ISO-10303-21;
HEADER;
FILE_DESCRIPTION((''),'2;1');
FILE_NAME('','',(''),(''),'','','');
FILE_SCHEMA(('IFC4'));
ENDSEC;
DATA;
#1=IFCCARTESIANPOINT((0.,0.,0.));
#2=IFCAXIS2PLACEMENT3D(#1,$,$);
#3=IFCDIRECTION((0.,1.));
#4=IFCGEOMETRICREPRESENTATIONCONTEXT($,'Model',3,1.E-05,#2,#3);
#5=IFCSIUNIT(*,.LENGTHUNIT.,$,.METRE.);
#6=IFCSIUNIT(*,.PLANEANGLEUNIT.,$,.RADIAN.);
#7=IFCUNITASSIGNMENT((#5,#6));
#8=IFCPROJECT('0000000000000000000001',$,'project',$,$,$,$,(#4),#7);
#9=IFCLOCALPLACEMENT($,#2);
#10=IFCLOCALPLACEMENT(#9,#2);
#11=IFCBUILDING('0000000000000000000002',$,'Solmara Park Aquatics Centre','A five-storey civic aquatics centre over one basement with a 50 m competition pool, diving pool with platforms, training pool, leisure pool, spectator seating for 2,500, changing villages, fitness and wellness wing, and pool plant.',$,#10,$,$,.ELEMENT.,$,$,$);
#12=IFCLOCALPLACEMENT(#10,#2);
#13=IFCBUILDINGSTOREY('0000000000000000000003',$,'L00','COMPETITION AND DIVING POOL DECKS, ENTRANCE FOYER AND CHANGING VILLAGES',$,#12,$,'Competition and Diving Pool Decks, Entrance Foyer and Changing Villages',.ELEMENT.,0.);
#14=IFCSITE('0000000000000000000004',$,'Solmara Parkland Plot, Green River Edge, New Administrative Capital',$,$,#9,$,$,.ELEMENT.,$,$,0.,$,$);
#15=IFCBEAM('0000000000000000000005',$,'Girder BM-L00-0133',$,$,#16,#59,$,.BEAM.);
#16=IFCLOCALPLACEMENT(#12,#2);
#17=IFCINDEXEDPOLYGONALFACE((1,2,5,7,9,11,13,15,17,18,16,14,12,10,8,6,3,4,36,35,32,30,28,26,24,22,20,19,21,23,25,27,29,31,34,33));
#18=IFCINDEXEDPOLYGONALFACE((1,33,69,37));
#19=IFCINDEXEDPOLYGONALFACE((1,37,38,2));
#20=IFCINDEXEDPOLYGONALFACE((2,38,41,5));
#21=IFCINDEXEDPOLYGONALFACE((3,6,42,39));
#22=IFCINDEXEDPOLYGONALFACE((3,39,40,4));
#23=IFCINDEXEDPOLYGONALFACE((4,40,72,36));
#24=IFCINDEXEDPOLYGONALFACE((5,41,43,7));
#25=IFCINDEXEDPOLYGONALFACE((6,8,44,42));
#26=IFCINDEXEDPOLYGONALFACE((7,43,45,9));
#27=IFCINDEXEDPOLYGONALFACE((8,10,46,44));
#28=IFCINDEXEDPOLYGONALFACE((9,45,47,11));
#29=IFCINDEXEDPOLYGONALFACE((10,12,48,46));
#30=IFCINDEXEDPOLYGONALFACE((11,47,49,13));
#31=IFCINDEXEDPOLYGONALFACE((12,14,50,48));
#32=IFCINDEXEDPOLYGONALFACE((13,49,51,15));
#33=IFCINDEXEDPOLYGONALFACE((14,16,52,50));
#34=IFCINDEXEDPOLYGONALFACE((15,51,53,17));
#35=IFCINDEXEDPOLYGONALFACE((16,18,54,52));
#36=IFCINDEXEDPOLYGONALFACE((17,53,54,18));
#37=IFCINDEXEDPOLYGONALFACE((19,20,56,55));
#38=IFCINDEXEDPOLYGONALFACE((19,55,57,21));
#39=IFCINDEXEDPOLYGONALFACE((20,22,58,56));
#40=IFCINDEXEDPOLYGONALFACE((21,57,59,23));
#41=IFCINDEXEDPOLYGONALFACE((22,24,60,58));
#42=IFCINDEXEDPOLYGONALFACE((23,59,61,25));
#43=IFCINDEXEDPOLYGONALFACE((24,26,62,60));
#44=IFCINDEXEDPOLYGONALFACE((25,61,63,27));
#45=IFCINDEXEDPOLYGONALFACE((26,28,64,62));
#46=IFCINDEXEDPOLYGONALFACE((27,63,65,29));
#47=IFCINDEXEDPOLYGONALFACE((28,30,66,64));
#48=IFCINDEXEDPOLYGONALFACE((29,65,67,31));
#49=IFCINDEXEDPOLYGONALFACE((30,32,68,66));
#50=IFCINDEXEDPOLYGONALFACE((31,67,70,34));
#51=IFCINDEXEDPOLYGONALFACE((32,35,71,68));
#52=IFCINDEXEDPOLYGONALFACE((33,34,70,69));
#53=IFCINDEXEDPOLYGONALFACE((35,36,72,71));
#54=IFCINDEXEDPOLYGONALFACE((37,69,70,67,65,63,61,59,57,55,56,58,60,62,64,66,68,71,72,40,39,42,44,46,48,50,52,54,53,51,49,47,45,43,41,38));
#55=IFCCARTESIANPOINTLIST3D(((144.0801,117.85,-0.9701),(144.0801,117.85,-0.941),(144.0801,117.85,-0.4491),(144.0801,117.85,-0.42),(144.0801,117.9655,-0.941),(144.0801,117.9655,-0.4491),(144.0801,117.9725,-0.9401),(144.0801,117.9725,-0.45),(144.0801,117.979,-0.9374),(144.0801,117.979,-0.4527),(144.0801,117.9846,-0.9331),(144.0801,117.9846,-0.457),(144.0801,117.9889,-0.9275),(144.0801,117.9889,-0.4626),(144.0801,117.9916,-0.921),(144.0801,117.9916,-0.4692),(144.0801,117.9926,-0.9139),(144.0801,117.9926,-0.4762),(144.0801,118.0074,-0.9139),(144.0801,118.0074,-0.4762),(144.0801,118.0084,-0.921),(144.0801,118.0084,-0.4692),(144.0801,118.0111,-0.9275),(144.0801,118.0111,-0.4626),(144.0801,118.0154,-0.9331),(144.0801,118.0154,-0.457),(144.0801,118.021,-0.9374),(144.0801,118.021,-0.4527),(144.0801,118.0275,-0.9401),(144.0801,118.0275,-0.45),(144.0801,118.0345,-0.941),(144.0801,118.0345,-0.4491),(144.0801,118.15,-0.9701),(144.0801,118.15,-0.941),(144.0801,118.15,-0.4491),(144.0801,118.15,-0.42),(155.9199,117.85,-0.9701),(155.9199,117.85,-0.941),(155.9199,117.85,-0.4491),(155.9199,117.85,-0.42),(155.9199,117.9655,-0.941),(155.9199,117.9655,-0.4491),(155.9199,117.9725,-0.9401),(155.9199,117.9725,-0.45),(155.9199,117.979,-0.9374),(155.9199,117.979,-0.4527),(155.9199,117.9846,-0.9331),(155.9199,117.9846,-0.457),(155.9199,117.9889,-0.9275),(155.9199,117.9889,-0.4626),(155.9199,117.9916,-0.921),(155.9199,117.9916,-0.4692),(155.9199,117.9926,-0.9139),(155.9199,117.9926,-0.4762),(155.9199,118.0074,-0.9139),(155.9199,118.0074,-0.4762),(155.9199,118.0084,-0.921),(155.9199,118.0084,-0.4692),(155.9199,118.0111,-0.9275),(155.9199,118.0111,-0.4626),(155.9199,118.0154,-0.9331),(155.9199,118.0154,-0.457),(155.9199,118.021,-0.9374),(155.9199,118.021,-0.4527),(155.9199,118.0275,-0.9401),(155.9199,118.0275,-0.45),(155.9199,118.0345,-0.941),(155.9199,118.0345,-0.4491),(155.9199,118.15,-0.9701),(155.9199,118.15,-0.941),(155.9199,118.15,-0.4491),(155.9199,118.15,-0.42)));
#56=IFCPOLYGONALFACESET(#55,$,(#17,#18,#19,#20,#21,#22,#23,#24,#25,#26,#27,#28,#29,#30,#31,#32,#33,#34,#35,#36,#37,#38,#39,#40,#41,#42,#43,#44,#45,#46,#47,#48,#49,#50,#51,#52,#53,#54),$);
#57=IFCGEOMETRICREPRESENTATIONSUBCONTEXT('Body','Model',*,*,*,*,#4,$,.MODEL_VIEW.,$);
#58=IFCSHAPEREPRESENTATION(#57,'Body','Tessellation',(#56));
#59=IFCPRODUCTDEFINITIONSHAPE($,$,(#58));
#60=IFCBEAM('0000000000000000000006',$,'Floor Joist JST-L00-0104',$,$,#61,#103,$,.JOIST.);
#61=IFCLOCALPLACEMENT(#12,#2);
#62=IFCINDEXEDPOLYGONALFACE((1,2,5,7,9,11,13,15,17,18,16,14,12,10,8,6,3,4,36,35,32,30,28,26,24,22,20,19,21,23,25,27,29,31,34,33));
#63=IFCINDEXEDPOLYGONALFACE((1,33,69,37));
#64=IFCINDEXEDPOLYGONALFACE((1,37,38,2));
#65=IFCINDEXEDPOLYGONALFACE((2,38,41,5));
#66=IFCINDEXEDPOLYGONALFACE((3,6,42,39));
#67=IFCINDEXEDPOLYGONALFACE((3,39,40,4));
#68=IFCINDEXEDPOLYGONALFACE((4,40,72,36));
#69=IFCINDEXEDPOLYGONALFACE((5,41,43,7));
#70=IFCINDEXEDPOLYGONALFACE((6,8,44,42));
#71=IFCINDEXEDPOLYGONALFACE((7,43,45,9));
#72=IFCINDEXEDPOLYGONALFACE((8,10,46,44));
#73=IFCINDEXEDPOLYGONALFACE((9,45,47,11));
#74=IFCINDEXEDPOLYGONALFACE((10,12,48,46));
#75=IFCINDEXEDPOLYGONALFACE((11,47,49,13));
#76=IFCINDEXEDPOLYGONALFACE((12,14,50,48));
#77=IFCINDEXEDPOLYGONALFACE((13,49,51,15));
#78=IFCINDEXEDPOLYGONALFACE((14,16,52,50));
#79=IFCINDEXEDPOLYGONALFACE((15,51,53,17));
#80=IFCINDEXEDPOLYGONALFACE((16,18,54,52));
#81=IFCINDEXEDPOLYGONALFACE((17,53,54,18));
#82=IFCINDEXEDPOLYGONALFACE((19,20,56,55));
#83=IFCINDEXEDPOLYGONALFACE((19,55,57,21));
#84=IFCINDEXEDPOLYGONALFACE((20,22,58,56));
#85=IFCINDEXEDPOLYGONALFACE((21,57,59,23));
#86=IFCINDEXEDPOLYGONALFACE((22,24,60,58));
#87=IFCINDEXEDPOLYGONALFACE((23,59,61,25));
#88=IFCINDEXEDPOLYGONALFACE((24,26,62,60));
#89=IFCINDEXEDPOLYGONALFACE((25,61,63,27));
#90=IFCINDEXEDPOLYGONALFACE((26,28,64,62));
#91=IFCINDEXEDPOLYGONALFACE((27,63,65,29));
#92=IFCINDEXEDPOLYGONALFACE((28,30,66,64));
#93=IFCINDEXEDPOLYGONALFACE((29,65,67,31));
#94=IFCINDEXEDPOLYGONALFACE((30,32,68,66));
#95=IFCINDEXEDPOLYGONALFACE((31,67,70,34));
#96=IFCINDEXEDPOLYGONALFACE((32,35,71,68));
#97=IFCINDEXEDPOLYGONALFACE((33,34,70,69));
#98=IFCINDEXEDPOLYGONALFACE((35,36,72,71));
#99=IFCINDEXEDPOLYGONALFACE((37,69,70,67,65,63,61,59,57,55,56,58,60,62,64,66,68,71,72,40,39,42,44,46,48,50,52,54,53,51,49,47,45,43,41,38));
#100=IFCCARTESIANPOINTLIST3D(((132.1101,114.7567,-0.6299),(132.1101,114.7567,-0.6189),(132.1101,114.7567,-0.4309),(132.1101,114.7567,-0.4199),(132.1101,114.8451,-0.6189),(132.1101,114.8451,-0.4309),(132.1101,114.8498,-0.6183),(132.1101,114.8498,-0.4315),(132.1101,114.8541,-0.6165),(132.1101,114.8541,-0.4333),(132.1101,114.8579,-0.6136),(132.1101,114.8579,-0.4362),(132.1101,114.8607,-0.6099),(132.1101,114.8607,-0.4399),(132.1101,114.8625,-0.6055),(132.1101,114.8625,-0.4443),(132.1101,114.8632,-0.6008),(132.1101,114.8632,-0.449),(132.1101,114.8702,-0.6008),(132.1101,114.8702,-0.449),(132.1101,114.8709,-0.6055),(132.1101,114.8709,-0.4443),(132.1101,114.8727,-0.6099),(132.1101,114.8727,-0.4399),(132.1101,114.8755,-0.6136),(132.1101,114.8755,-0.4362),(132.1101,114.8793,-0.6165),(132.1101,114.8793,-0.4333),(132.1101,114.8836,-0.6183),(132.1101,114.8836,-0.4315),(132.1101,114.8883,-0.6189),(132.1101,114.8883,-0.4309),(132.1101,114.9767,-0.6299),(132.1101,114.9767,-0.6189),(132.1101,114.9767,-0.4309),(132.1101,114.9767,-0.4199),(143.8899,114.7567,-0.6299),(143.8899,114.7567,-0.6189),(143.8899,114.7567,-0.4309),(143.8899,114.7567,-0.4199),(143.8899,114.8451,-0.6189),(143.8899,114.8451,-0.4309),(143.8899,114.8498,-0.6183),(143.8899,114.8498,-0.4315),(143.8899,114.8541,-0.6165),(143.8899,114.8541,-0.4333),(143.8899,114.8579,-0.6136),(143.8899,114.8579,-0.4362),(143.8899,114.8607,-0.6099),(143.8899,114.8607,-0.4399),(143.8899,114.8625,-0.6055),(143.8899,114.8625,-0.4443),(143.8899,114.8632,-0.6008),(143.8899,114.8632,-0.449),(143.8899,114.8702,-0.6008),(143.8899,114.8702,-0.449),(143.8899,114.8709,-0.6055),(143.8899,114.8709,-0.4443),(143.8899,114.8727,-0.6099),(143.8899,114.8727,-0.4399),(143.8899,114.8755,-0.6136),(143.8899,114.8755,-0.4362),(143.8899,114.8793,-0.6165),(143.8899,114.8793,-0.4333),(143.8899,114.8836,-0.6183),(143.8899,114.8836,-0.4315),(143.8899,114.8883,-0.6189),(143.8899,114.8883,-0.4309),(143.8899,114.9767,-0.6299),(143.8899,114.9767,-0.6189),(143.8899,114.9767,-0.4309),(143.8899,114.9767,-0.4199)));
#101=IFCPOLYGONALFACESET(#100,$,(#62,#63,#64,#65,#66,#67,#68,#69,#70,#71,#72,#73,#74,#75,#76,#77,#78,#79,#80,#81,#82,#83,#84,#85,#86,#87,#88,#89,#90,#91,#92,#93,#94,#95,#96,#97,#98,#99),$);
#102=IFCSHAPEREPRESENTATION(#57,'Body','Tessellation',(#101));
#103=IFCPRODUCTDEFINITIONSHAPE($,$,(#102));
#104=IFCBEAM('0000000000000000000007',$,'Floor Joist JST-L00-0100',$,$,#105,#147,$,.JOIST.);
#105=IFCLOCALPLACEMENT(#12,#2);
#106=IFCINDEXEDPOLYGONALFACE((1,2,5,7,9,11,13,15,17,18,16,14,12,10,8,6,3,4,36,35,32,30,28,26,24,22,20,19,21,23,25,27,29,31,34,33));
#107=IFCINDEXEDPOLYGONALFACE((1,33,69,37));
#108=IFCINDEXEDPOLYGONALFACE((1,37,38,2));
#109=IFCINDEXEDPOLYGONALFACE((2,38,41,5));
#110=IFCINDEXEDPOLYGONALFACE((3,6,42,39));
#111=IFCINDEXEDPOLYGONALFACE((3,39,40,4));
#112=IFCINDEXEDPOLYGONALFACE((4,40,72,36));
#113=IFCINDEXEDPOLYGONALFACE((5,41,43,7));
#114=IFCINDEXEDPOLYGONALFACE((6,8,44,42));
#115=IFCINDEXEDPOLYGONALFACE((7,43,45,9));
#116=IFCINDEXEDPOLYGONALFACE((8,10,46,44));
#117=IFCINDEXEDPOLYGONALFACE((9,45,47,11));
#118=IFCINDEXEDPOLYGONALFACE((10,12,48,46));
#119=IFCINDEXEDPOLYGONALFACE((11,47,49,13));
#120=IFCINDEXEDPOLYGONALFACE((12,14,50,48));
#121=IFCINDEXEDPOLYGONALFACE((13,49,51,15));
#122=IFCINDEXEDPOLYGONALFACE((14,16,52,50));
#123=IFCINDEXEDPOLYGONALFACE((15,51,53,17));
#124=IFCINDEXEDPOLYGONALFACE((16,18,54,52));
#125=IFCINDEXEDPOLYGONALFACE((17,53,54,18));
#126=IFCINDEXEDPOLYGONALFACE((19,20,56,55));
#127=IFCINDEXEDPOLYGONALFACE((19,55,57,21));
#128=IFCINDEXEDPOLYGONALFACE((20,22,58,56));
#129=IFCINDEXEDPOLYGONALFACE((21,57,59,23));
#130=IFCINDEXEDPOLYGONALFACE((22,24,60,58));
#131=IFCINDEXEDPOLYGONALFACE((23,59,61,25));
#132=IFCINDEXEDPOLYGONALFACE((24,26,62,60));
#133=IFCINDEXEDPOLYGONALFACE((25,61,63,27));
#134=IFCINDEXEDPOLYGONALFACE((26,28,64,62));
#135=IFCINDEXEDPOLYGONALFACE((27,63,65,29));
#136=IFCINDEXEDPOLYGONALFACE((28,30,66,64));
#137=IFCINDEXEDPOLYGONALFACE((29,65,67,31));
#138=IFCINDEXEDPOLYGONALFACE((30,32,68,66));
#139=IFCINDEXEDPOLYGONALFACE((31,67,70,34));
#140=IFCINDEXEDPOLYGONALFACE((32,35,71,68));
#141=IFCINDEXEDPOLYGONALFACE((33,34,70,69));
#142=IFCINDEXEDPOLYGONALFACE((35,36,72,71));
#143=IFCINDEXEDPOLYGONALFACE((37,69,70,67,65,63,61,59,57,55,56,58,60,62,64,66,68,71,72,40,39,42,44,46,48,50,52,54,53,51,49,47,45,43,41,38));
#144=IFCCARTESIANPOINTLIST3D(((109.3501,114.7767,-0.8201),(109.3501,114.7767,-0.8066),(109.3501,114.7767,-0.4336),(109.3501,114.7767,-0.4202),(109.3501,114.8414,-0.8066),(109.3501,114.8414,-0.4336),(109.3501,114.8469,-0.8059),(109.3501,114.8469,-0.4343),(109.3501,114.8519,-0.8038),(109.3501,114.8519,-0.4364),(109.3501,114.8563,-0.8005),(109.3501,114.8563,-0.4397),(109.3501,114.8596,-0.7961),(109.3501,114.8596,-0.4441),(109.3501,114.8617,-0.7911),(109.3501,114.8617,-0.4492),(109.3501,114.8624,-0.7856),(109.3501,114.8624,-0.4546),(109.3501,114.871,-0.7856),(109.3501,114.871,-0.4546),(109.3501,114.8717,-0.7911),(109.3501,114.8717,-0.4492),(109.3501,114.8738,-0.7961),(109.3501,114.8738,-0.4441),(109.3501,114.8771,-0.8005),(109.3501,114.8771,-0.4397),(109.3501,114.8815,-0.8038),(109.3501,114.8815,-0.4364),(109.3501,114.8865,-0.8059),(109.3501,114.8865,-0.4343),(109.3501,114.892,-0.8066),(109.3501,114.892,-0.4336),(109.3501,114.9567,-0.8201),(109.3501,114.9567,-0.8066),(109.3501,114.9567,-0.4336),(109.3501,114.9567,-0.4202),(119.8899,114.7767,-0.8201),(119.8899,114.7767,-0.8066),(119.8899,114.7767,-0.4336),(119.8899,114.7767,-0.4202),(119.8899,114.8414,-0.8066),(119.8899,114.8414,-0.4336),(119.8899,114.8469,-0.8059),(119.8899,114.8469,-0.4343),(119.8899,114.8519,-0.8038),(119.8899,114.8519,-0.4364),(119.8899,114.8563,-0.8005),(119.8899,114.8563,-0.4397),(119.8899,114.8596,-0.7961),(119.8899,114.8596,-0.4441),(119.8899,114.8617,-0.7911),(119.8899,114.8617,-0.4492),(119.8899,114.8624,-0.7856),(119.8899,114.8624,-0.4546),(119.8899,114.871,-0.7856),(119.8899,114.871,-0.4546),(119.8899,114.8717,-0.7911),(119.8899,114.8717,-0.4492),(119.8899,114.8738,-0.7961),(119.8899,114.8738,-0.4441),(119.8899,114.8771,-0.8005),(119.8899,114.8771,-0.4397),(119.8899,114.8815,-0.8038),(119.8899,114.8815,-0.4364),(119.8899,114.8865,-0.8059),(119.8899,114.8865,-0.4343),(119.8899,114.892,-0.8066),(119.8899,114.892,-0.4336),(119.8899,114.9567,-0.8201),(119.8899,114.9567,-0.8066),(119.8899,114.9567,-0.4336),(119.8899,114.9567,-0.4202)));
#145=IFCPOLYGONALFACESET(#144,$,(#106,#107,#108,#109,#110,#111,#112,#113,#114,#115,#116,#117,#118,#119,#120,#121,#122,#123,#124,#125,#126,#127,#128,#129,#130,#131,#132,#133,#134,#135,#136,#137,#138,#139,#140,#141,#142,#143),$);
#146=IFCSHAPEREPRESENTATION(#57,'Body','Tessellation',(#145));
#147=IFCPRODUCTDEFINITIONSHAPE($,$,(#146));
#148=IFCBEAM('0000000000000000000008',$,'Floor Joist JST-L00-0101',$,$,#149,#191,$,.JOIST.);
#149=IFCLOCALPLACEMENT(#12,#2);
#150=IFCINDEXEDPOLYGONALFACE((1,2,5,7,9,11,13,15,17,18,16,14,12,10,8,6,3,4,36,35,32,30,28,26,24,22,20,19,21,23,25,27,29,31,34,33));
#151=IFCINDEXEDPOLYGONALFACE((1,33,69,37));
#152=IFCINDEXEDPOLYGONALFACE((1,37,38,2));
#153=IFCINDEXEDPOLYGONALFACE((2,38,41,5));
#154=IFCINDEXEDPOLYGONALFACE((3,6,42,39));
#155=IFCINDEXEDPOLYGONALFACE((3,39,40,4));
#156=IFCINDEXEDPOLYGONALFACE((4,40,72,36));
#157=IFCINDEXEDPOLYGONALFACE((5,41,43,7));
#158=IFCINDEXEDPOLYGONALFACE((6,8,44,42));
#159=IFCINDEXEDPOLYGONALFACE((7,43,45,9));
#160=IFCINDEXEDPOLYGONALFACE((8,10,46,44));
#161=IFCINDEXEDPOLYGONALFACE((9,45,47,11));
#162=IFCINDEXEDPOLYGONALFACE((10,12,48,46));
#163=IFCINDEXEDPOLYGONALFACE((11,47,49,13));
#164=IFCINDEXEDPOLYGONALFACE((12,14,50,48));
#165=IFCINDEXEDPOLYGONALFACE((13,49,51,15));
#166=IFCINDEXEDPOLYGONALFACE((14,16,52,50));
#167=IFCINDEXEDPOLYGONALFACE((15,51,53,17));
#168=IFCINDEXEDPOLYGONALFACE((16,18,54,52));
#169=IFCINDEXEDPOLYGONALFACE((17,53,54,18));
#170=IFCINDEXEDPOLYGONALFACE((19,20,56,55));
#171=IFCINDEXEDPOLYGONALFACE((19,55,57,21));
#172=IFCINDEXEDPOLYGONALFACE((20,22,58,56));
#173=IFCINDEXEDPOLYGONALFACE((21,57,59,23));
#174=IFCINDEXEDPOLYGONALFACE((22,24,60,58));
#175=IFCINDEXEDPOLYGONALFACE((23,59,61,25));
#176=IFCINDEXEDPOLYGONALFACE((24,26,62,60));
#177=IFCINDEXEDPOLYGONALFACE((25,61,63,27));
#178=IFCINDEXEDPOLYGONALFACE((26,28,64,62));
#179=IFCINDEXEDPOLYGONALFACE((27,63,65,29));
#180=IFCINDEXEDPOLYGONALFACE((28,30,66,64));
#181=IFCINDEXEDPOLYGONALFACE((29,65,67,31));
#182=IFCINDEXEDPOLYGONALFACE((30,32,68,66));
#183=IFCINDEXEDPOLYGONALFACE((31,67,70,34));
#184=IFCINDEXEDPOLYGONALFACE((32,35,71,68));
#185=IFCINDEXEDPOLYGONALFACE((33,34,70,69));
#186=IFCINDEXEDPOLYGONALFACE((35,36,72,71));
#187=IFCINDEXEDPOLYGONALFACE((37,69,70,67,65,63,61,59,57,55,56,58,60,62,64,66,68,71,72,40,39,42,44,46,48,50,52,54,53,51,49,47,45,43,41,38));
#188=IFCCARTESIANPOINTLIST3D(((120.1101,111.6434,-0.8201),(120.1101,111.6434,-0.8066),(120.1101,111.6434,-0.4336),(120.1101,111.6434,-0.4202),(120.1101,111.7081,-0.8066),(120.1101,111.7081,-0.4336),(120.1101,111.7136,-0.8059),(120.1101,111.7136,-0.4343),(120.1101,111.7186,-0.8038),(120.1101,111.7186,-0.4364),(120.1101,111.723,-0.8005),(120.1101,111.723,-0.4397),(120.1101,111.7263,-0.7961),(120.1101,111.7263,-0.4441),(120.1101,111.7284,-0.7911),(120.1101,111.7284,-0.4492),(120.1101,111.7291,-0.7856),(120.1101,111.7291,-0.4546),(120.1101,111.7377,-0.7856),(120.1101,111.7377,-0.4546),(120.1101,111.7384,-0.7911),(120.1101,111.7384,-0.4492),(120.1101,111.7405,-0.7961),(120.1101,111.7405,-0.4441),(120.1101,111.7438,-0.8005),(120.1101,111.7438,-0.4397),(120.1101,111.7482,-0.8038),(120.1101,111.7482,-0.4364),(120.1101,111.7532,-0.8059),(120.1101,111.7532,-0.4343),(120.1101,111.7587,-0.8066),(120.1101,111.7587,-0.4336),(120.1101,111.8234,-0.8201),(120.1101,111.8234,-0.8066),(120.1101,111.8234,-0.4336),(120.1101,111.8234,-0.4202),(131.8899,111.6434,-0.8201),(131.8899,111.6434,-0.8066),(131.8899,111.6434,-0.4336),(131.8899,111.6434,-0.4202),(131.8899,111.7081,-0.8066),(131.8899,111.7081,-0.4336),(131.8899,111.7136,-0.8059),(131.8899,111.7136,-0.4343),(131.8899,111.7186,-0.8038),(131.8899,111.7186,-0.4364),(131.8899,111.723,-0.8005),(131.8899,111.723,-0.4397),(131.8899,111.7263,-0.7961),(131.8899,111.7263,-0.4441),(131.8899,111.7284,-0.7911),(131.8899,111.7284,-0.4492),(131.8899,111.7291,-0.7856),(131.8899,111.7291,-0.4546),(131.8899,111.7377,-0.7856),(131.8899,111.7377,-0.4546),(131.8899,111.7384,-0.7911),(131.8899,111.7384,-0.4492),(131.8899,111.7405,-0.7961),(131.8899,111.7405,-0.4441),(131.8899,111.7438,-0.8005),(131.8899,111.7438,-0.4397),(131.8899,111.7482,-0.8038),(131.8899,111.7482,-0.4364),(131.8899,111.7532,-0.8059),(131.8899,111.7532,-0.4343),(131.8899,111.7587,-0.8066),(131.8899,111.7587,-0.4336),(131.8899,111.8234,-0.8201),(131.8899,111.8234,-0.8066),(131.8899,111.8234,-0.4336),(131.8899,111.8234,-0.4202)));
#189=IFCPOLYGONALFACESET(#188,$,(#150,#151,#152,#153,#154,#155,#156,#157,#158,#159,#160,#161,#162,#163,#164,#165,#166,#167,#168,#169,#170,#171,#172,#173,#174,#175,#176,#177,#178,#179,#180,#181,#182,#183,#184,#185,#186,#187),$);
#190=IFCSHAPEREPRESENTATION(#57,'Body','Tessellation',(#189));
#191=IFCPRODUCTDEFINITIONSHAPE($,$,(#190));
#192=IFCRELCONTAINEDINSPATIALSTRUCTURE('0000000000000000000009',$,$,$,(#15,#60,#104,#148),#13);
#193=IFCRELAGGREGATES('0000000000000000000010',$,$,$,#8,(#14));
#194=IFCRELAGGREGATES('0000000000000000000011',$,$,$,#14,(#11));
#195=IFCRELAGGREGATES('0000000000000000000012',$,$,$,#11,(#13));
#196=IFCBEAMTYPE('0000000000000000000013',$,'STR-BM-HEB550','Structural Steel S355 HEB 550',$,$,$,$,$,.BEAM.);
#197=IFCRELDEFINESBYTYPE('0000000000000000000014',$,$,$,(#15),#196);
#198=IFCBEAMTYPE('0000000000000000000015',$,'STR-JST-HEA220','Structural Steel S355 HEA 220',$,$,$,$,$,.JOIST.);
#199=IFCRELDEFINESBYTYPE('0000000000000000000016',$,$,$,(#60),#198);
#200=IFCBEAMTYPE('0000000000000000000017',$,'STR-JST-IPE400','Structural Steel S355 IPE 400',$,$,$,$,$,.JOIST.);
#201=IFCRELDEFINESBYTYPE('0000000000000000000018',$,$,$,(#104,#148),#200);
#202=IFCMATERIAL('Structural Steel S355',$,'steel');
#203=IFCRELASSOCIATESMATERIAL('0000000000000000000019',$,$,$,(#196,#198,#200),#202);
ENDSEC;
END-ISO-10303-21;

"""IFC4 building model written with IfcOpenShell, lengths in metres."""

from ifc_helpers import new_model, si_unit, direction, frame, origin, origin_2d, place, context, subcontext, project, spatial, i_section, extrude, material, material_profile, profile_set, type_object, element, save


model = new_model("IFC4")

# Units and contexts
model_context = context("Model", 3, precision=1e-05, world=origin(), true_north=direction((0.0, 1.0)))
body_context = subcontext(model_context, "Body", "Model", "MODEL_VIEW")
ifc_project = project(units=[si_unit("LENGTHUNIT", "METRE"), si_unit("PLANEANGLEUNIT", "RADIAN")], contexts=[model_context])

# Site, building, storey
site_placement = place(None, origin())
site = spatial("IfcSite", under=ifc_project, at=site_placement, Name="Solmara Parkland Plot, Green River Edge, New Administrative Capital", CompositionType="ELEMENT", RefElevation=0.0)
building_placement = place(site_placement, origin())
building = spatial("IfcBuilding", under=site, at=building_placement, Name="Solmara Park Aquatics Centre", Description="A five-storey civic aquatics centre over one basement with a 50 m competition pool, diving pool with platforms, training pool, leisure pool, spectator seating for 2,500, changing villages, fitness and wellness wing, and pool plant.", CompositionType="ELEMENT")
storey_placement = place(building_placement, origin())
storey = spatial("IfcBuildingStorey", under=building, at=storey_placement, Name="L00", Description="COMPETITION AND DIVING POOL DECKS, ENTRANCE FOYER AND CHANGING VILLAGES", LongName="Competition and Diving Pool Decks, Entrance Foyer and Changing Villages", CompositionType="ELEMENT", Elevation=0.0)

# Beams
ifc_material_1 = material(Name="Structural Steel S355", Category="steel")
ifc_material_profile_1 = material_profile(ifc_material_1, i_section(OverallWidth=0.3, OverallDepth=0.55, WebThickness=0.0149, FlangeThickness=0.0291, FilletRadius=0.0271, at=origin_2d()), Name="HEB 550")
ifc_profile_set_1 = profile_set([ifc_material_profile_1], Name="Structural Steel S355")
beam_type_1 = type_object("IfcBeamType", Name="STR-BM-HEB550", Description="Structural Steel S355 HEB 550", PredefinedType="BEAM", material=ifc_profile_set_1)
for number, where, z_axis, x_axis, name in (
    (1, (144.0801, 118.0, -0.6951), (1.0, 0.0, 0.0), (0.0, 1.0, 0.0), "Girder BM-L00-0133"),
):
    element("IfcBeam", number, at=place(storey_placement, frame(where, z_axis=z_axis, x_axis=x_axis)), inside=storey, type_object=beam_type_1, Name=name, PredefinedType="BEAM", context=body_context, shape_type="SweptSolid", body=[
        extrude(i_section(OverallWidth=0.3, OverallDepth=0.55, WebThickness=0.0149, FlangeThickness=0.0291, FilletRadius=0.0271, at=origin_2d()), origin(), (0.0, 0.0, 1.0), 11.8398),
    ])
ifc_material_profile_2 = material_profile(ifc_material_1, i_section(OverallWidth=0.22, OverallDepth=0.21, WebThickness=0.0071, FlangeThickness=0.011, FilletRadius=0.0181, at=origin_2d()), Name="HEA 220")
ifc_profile_set_2 = profile_set([ifc_material_profile_2], Name="Structural Steel S355")
beam_type_2 = type_object("IfcBeamType", Name="STR-JST-HEA220", Description="Structural Steel S355 HEA 220", PredefinedType="JOIST", material=ifc_profile_set_2)
beam_1_placement = place(storey_placement, frame((132.1101, 114.8667, -0.5249), z_axis=(1.0, 0.0, 0.0), x_axis=(0.0, 1.0, 0.0)))
element("IfcBeam", 2, at=beam_1_placement, inside=storey, type_object=beam_type_2, Name="Floor Joist JST-L00-0104", PredefinedType="JOIST", context=body_context, shape_type="SweptSolid", body=[
    extrude(i_section(OverallWidth=0.22, OverallDepth=0.21, WebThickness=0.0071, FlangeThickness=0.011, FilletRadius=0.0181, at=origin_2d()), origin(), (0.0, 0.0, 1.0), 11.7798),
])
ifc_material_profile_3 = material_profile(ifc_material_1, i_section(OverallWidth=0.1799, OverallDepth=0.3999, WebThickness=0.0085, FlangeThickness=0.0134, FilletRadius=0.021, at=origin_2d()), Name="IPE 400")
ifc_profile_set_3 = profile_set([ifc_material_profile_3], Name="Structural Steel S355")
beam_type_3 = type_object("IfcBeamType", Name="STR-JST-IPE400", Description="Structural Steel S355 IPE 400", PredefinedType="JOIST", material=ifc_profile_set_3)
beam_2_placement = place(storey_placement, frame((109.3501, 114.8667, -0.6201), z_axis=(1.0, 0.0, 0.0), x_axis=(0.0, 1.0, 0.0)))
element("IfcBeam", 3, at=beam_2_placement, inside=storey, type_object=beam_type_3, Name="Floor Joist JST-L00-0100", PredefinedType="JOIST", context=body_context, shape_type="SweptSolid", body=[
    extrude(i_section(OverallWidth=0.1799, OverallDepth=0.3999, WebThickness=0.0085, FlangeThickness=0.0134, FilletRadius=0.021, at=origin_2d()), origin(), (0.0, 0.0, 1.0), 10.5398),
])
for number, where, z_axis, x_axis, name in (
    (4, (120.1101, 111.7334, -0.6201), (1.0, 0.0, 0.0), (0.0, 1.0, 0.0), "Floor Joist JST-L00-0101"),
):
    element("IfcBeam", number, at=place(storey_placement, frame(where, z_axis=z_axis, x_axis=x_axis)), inside=storey, type_object=beam_type_3, Name=name, PredefinedType="JOIST", context=body_context, shape_type="SweptSolid", body=[
        extrude(i_section(OverallWidth=0.1799, OverallDepth=0.3999, WebThickness=0.0085, FlangeThickness=0.0134, FilletRadius=0.021, at=origin_2d()), origin(), (0.0, 0.0, 1.0), 11.7798),
    ])

save(model, "model.ifc")
